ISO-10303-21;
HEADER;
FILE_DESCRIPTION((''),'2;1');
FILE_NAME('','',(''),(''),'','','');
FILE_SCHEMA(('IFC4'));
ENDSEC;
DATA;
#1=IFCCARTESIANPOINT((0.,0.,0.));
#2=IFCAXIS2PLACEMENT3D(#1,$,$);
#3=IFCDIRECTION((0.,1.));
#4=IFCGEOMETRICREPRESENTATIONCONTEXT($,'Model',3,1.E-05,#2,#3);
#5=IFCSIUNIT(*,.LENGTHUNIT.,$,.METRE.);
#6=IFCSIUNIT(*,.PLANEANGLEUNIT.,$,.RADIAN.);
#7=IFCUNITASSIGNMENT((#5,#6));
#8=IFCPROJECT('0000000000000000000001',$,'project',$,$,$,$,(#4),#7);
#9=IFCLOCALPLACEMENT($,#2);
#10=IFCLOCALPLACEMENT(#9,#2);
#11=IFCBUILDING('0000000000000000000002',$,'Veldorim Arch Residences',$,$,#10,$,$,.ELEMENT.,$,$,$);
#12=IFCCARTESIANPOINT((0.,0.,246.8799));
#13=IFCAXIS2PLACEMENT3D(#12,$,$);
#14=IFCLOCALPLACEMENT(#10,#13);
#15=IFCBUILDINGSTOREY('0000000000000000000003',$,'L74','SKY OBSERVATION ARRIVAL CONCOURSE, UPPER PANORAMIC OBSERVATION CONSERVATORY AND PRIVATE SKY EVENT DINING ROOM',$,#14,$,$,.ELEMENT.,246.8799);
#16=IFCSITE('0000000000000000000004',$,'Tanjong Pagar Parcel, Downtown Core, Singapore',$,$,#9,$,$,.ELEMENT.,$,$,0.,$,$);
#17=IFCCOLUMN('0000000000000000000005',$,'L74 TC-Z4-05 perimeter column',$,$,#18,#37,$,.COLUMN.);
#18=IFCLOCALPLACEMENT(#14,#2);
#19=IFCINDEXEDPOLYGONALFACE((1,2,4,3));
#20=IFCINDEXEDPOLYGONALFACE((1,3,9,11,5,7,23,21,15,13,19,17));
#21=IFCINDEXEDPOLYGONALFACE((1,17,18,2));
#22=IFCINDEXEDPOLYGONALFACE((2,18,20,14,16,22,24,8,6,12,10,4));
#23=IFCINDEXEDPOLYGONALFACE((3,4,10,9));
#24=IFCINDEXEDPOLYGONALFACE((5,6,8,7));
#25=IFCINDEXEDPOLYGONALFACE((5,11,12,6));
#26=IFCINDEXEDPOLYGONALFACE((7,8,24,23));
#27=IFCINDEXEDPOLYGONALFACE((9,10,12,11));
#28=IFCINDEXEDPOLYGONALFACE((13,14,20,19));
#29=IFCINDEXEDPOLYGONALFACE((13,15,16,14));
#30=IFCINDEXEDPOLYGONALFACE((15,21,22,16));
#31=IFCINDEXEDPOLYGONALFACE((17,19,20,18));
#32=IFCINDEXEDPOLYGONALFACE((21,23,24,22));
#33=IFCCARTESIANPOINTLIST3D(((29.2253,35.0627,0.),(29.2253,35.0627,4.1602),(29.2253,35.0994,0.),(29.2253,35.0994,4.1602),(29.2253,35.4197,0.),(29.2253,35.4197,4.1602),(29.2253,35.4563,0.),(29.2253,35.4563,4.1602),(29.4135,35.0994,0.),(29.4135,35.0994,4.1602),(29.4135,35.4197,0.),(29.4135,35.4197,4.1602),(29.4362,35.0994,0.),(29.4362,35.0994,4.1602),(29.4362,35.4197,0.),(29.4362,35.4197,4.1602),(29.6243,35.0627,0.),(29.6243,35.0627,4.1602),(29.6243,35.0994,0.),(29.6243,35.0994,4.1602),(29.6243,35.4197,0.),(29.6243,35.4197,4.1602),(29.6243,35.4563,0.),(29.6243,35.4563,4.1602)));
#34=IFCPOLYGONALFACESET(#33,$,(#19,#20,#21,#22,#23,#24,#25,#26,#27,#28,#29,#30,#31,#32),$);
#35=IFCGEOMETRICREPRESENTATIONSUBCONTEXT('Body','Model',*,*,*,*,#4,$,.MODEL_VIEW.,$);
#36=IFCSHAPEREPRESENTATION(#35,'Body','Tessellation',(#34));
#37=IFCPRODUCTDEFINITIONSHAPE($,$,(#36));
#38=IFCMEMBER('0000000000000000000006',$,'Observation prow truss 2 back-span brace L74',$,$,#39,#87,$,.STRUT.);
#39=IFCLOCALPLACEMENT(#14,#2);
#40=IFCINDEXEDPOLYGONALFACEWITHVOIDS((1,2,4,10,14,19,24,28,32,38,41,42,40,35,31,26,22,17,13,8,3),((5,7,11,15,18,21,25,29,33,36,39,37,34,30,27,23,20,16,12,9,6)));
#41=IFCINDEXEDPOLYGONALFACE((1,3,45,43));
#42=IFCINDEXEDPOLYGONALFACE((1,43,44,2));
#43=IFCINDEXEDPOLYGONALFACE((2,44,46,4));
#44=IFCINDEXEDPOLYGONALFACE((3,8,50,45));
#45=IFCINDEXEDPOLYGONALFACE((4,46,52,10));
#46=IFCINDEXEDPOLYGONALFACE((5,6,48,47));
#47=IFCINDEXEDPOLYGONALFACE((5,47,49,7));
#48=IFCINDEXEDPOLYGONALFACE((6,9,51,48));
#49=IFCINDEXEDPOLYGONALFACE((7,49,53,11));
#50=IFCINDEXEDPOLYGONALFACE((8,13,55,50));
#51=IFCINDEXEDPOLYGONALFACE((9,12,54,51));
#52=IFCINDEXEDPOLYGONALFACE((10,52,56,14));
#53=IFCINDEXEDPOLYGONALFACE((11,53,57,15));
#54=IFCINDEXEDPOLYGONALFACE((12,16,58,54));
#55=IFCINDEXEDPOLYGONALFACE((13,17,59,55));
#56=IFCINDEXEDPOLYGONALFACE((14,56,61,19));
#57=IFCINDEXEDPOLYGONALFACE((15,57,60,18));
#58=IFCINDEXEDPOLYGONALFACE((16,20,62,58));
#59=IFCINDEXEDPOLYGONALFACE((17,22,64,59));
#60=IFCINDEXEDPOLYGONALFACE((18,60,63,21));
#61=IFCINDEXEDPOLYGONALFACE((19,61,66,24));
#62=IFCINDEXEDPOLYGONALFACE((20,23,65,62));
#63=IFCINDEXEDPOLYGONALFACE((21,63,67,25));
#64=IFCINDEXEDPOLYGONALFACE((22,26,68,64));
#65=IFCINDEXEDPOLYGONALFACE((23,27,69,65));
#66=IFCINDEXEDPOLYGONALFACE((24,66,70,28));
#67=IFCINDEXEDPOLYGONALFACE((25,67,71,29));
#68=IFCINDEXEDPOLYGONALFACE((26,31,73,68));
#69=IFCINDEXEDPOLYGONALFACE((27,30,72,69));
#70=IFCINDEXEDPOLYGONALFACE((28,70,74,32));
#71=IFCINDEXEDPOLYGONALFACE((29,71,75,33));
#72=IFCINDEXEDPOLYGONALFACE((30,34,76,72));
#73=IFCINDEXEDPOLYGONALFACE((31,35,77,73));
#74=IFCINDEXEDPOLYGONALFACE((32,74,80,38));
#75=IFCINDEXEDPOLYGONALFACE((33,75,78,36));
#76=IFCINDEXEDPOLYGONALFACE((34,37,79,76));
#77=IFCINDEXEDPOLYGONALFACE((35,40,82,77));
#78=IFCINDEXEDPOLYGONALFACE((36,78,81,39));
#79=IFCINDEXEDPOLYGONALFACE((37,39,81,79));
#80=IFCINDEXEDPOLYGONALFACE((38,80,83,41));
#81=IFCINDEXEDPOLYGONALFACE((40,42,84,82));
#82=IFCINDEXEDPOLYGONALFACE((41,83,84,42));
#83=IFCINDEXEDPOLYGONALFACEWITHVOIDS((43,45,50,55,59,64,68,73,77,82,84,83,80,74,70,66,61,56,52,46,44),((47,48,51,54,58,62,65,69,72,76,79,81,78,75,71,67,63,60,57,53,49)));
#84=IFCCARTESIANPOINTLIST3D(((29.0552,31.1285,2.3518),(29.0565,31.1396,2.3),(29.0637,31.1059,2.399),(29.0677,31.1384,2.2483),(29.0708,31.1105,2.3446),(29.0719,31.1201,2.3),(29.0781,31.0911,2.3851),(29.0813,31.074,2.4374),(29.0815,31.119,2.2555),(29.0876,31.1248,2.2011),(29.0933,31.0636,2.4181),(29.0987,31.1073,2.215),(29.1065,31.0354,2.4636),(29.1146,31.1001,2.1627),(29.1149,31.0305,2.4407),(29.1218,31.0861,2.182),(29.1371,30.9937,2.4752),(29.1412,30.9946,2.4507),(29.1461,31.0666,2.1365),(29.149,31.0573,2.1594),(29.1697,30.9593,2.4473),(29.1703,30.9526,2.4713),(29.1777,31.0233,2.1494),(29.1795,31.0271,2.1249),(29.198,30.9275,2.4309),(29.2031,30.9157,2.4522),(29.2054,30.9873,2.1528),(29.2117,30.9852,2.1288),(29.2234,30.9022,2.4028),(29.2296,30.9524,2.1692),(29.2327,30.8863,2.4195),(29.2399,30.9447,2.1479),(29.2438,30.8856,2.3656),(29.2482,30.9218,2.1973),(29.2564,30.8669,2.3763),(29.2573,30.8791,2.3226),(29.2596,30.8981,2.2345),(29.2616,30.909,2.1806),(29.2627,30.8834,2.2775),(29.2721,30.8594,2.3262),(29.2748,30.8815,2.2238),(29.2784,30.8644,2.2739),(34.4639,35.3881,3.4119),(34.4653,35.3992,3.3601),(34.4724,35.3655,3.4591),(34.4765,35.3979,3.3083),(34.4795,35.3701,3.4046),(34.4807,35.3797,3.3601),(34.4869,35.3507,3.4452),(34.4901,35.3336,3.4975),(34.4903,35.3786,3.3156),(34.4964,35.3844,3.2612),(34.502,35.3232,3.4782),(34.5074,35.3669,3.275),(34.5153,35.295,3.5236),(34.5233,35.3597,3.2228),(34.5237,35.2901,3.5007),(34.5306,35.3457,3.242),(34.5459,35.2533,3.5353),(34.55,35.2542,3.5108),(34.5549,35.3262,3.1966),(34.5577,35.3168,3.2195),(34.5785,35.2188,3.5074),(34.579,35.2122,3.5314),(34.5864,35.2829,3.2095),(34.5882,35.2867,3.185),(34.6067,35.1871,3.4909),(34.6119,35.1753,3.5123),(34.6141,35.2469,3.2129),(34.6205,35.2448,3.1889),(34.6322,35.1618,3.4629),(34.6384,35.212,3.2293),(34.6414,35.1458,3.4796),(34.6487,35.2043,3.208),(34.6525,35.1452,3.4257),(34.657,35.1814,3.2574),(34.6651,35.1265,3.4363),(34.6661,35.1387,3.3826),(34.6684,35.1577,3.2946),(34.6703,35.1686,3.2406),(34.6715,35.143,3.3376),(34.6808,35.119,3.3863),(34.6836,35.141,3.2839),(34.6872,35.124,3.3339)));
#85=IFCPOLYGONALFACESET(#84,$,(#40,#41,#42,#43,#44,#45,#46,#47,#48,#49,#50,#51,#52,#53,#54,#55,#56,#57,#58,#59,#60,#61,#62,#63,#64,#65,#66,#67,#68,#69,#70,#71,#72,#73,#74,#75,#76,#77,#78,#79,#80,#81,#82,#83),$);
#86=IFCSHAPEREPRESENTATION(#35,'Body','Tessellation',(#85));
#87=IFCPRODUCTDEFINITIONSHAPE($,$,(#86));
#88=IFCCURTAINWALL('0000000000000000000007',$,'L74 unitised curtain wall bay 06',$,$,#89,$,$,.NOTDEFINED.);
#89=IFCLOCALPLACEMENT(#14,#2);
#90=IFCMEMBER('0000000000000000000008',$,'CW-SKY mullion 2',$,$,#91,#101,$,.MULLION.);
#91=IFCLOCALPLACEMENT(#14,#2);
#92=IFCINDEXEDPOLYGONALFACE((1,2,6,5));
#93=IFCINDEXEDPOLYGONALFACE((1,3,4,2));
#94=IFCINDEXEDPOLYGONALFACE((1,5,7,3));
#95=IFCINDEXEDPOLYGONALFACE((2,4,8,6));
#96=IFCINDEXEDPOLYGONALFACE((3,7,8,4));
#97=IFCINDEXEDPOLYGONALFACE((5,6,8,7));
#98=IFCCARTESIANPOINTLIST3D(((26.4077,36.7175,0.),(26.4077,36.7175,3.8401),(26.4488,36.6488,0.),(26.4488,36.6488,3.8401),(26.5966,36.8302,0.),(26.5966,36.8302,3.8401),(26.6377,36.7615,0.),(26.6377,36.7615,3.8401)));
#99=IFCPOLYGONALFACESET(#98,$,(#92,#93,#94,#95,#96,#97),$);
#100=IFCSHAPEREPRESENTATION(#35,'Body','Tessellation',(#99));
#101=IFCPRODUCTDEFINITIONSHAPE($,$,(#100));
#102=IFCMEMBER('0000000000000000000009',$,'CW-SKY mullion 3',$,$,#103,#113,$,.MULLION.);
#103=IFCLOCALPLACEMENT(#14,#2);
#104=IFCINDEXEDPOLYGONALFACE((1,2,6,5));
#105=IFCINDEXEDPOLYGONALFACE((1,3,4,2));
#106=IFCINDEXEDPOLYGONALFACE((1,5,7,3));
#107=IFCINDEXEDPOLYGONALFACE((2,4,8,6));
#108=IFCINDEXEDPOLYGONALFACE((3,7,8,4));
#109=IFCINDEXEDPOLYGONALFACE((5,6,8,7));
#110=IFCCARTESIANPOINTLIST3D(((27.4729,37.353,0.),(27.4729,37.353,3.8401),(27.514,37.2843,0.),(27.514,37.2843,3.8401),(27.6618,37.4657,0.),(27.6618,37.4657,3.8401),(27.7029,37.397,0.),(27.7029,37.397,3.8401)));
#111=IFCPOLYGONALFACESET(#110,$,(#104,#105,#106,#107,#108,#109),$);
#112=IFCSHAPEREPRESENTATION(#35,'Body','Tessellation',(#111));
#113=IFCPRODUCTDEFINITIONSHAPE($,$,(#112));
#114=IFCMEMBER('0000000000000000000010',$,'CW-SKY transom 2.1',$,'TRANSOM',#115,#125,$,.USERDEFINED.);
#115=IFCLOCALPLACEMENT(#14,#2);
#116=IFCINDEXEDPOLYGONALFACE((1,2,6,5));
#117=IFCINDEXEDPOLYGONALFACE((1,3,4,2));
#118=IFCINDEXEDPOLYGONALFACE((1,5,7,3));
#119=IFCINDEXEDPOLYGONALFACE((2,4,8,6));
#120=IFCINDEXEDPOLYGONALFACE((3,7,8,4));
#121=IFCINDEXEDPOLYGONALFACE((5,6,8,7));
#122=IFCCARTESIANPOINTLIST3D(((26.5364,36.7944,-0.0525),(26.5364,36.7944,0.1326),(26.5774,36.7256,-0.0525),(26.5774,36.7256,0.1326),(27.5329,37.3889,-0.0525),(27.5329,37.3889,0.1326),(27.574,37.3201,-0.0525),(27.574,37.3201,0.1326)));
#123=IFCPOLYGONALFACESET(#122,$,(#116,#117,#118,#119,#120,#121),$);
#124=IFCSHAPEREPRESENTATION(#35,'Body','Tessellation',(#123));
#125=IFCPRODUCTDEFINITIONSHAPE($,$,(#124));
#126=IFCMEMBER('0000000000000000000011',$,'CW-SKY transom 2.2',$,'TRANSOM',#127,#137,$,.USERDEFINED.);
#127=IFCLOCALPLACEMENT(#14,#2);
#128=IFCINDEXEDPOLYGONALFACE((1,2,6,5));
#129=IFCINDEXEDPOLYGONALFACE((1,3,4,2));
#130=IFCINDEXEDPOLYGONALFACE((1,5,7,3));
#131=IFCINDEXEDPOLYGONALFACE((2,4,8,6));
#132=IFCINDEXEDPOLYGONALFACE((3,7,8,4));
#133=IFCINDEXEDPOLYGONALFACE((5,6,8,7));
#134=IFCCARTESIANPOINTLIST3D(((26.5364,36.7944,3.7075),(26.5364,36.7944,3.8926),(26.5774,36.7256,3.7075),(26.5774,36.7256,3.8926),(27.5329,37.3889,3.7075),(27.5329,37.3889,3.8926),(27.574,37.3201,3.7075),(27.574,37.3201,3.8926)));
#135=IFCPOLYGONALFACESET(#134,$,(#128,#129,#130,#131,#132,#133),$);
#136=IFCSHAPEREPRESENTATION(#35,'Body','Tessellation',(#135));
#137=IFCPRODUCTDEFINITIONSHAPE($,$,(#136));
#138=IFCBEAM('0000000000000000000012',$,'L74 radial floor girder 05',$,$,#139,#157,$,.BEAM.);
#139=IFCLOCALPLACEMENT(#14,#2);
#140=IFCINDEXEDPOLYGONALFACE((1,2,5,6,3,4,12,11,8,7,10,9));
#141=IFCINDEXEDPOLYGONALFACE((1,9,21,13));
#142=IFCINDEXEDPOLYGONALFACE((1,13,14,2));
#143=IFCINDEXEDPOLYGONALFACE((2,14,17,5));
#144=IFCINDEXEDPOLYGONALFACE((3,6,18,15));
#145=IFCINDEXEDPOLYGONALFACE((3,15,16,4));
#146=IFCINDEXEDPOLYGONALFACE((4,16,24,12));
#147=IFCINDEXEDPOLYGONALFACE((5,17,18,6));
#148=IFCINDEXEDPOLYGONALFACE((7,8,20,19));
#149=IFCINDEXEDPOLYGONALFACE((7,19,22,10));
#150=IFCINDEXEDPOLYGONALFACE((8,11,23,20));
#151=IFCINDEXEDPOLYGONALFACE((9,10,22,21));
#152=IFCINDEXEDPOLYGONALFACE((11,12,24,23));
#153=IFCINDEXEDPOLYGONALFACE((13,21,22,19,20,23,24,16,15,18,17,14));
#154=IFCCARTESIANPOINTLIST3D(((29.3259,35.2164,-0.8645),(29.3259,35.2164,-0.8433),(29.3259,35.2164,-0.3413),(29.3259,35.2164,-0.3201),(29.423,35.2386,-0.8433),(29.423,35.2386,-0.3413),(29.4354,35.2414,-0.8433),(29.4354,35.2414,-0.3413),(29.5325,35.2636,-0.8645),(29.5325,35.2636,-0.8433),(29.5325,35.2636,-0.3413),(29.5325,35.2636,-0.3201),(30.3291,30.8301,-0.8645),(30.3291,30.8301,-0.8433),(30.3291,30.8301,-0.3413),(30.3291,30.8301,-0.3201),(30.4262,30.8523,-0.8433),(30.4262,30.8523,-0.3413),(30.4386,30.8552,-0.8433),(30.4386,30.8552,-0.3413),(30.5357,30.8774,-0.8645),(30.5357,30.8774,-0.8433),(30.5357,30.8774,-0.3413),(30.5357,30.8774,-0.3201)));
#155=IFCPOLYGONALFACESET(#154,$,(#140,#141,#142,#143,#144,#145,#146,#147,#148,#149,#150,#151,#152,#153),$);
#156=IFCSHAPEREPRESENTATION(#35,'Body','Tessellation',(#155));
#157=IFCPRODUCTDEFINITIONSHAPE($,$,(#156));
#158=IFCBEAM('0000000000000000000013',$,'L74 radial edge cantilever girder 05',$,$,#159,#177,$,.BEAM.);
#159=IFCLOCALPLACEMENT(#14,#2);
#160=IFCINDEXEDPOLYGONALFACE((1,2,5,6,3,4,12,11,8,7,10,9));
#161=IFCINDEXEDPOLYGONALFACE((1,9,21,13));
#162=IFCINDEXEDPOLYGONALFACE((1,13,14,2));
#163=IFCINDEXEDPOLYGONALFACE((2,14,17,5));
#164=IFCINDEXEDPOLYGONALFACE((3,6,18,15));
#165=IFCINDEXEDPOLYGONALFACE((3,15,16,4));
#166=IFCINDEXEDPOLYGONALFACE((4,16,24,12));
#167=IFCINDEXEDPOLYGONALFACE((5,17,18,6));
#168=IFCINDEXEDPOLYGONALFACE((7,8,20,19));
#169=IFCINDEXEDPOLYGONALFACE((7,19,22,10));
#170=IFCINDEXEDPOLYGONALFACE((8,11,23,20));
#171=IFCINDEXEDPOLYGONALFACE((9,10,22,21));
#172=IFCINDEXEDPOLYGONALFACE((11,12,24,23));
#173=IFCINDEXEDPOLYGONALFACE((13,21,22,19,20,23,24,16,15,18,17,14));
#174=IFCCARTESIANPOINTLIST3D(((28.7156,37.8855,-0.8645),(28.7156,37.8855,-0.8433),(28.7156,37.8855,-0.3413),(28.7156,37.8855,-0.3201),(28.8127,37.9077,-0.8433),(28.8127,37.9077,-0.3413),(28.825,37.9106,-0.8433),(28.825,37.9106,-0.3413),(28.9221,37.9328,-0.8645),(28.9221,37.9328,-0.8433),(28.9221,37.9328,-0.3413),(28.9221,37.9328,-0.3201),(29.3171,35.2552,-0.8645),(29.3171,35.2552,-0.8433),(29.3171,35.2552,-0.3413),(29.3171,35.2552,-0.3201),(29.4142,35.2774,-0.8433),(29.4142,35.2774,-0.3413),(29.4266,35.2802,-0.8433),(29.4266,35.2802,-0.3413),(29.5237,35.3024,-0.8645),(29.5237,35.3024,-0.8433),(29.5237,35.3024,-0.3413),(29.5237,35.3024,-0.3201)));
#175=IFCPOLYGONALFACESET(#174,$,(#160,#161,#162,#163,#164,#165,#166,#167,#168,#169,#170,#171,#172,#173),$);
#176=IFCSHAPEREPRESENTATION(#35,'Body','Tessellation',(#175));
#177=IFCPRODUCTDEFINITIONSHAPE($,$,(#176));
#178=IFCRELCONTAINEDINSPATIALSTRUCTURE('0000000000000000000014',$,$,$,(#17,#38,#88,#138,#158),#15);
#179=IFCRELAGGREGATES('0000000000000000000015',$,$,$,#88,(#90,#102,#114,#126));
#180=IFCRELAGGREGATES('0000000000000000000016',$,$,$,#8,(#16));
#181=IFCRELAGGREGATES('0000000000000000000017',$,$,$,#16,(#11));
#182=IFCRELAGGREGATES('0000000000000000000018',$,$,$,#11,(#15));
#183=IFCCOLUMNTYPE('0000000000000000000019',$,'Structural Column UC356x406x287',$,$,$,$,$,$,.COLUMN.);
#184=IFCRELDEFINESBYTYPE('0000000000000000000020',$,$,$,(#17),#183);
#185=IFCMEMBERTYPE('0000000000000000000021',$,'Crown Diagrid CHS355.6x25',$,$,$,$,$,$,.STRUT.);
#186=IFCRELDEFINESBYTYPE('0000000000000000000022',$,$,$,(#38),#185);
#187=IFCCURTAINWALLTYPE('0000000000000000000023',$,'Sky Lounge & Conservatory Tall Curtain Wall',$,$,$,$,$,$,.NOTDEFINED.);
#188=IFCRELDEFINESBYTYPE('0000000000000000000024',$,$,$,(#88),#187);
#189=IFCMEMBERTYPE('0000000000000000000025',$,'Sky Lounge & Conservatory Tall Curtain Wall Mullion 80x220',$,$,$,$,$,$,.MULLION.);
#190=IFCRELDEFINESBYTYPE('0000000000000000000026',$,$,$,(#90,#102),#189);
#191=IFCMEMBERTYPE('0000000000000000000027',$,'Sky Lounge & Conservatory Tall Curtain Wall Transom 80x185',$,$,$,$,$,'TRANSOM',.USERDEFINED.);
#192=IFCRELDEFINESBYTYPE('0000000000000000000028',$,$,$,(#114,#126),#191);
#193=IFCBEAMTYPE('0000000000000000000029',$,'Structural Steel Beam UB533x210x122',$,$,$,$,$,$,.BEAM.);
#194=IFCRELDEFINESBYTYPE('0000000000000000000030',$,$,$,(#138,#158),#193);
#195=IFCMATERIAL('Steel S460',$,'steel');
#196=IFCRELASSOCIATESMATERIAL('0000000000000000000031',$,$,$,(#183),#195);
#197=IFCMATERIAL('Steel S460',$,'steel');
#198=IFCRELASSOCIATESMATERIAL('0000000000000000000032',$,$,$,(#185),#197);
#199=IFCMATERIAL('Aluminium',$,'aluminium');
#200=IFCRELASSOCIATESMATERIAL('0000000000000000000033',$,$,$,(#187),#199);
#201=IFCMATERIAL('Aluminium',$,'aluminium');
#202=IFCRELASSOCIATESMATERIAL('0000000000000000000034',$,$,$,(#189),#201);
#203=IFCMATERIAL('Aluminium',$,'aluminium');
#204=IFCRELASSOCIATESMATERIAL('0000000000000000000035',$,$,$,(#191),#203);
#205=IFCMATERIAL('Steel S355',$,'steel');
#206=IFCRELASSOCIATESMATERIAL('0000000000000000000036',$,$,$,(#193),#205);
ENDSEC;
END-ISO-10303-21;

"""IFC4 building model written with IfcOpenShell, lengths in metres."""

from ifc_helpers import new_model, si_unit, direction, frame, origin, origin_2d, place, context, subcontext, project, spatial, rectangle, hollow_circle, i_section, extrude, material, material_profile, profile_set, type_object, element, aggregate, save


model = new_model("IFC4")

# Units and contexts
model_context = context("Model", 3, precision=1e-05, world=origin(), true_north=direction((0.0, 1.0)))
body_context = subcontext(model_context, "Body", "Model", "MODEL_VIEW")
ifc_project = project(units=[si_unit("LENGTHUNIT", "METRE"), si_unit("PLANEANGLEUNIT", "RADIAN")], contexts=[model_context])

# Site, building, storey
site_placement = place(None, origin())
site = spatial("IfcSite", under=ifc_project, at=site_placement, Name="Tanjong Pagar Parcel, Downtown Core, Singapore", CompositionType="ELEMENT", RefElevation=0.0)
building_placement = place(site_placement, origin())
building = spatial("IfcBuilding", under=site, at=building_placement, Name="Veldorim Arch Residences", CompositionType="ELEMENT")
storey_placement = place(building_placement, frame((0.0, 0.0, 246.8799)))
storey = spatial("IfcBuildingStorey", under=building, at=storey_placement, Name="L74", Description="SKY OBSERVATION ARRIVAL CONCOURSE, UPPER PANORAMIC OBSERVATION CONSERVATORY AND PRIVATE SKY EVENT DINING ROOM", CompositionType="ELEMENT", Elevation=246.8799)

# Column
ifc_material_1 = material(Name="Steel S460", Category="steel")
ifc_material_profile_1 = material_profile(ifc_material_1, i_section(OverallWidth=0.3989, OverallDepth=0.3936, WebThickness=0.0227, FlangeThickness=0.0366, at=origin_2d()), Name="UC356x406x287")
ifc_profile_set_1 = profile_set([ifc_material_profile_1], Name="Steel S460")
column_type = type_object("IfcColumnType", Name="Structural Column UC356x406x287", PredefinedType="COLUMN", material=ifc_profile_set_1)
column_placement = place(storey_placement, frame((29.4248, 35.2595, 0.0), z_axis=(0.0, 0.0, 1.0), x_axis=(1.0, 0.0, 0.0)))
element("IfcColumn", 1, at=column_placement, inside=storey, type_object=column_type, Name="L74 TC-Z4-05 perimeter column", PredefinedType="COLUMN", context=body_context, shape_type="SweptSolid", body=[
    extrude(i_section(OverallWidth=0.3989, OverallDepth=0.3936, WebThickness=0.0227, FlangeThickness=0.0366, at=origin_2d()), origin(), (0.0, 0.0, 1.0), 4.1602),
])

# Member
ifc_material_2 = material(Name="Steel S460", Category="steel")
ifc_material_profile_2 = material_profile(ifc_material_2, hollow_circle(Radius=0.1777, WallThickness=0.0249, at=origin_2d()), Name="CHS355.6x25")
ifc_profile_set_2 = profile_set([ifc_material_profile_2], Name="Steel S460")
member_type_1 = type_object("IfcMemberType", Name="Crown Diagrid CHS355.6x25", PredefinedType="STRUT", material=ifc_profile_set_2)
member_1_placement = place(storey_placement, frame((29.1665, 31.0, 2.3), z_axis=(0.776473, 0.611498, 0.152182), x_axis=(-0.618704, 0.785624, 0.0)))
element("IfcMember", 2, at=member_1_placement, inside=storey, type_object=member_type_1, Name="Observation prow truss 2 back-span brace L74", PredefinedType="STRUT", context=body_context, shape_type="SweptSolid", body=[
    extrude(hollow_circle(Radius=0.1777, WallThickness=0.0249, at=origin_2d()), origin(), (0.0, 0.0, 1.0), 6.9658),
])

# Curtain wall, members
ifc_material_3 = material(Name="Aluminium", Category="aluminium")
curtain_wall_type = type_object("IfcCurtainWallType", Name="Sky Lounge & Conservatory Tall Curtain Wall", PredefinedType="NOTDEFINED", material=ifc_material_3)
curtain_wall_placement = place(storey_placement, origin())
curtain_wall = element("IfcCurtainWall", 3, at=curtain_wall_placement, inside=storey, type_object=curtain_wall_type, Name="L74 unitised curtain wall bay 06", PredefinedType="NOTDEFINED")
ifc_material_4 = material(Name="Aluminium", Category="aluminium")
ifc_material_profile_3 = material_profile(ifc_material_4, rectangle(XDim=0.0801, YDim=0.22, at=origin_2d()), Name="ALU_MUL_80x220")
ifc_profile_set_3 = profile_set([ifc_material_profile_3], Name="Aluminium")
member_type_2 = type_object("IfcMemberType", Name="Sky Lounge & Conservatory Tall Curtain Wall Mullion 80x220", PredefinedType="MULLION", material=ifc_profile_set_3)
member_2_placement = place(storey_placement, frame((26.5227, 36.7395, 0.0), z_axis=(0.0, 0.0, 1.0), x_axis=(-0.512467, 0.858707, 0.0)))
member_2 = element("IfcMember", 4, at=member_2_placement, type_object=member_type_2, Name="CW-SKY mullion 2", PredefinedType="MULLION", context=body_context, shape_type="SweptSolid", body=[
    extrude(rectangle(XDim=0.0801, YDim=0.22, at=origin_2d()), origin(), (0.0, 0.0, 1.0), 3.8401),
])
member_3_placement = place(storey_placement, frame((27.5879, 37.375, 0.0), z_axis=(0.0, 0.0, 1.0), x_axis=(-0.512467, 0.858707, 0.0)))
member_3 = element("IfcMember", 5, at=member_3_placement, type_object=member_type_2, Name="CW-SKY mullion 3", PredefinedType="MULLION", context=body_context, shape_type="SweptSolid", body=[
    extrude(rectangle(XDim=0.0801, YDim=0.22, at=origin_2d()), origin(), (0.0, 0.0, 1.0), 3.8401),
])
ifc_material_5 = material(Name="Aluminium", Category="aluminium")
ifc_material_profile_4 = material_profile(ifc_material_5, rectangle(XDim=0.0801, YDim=0.1851, at=origin_2d()), Name="ALU_TRN_80x185")
ifc_profile_set_4 = profile_set([ifc_material_profile_4], Name="Aluminium")
member_type_3 = type_object("IfcMemberType", Name="Sky Lounge & Conservatory Tall Curtain Wall Transom 80x185", ElementType="TRANSOM", PredefinedType="USERDEFINED", material=ifc_profile_set_4)
member_4_placement = place(storey_placement, frame((26.5569, 36.76, 0.04), z_axis=(0.858808, 0.512297, 0.0), x_axis=(-0.512297, 0.858808, 0.0)))
member_4 = element("IfcMember", 6, at=member_4_placement, type_object=member_type_3, Name="CW-SKY transom 2.1", ObjectType="TRANSOM", PredefinedType="USERDEFINED", context=body_context, shape_type="SweptSolid", body=[
    extrude(rectangle(XDim=0.0801, YDim=0.1851, at=origin_2d()), origin(), (0.0, 0.0, 1.0), 1.1604),
])
member_5_placement = place(storey_placement, frame((26.5569, 36.76, 3.8), z_axis=(0.858808, 0.512297, 0.0), x_axis=(-0.512297, 0.858808, 0.0)))
member_5 = element("IfcMember", 7, at=member_5_placement, type_object=member_type_3, Name="CW-SKY transom 2.2", ObjectType="TRANSOM", PredefinedType="USERDEFINED", context=body_context, shape_type="SweptSolid", body=[
    extrude(rectangle(XDim=0.0801, YDim=0.1851, at=origin_2d()), origin(), (0.0, 0.0, 1.0), 1.1604),
])

# Beams
ifc_material_6 = material(Name="Steel S355", Category="steel")
ifc_material_profile_5 = material_profile(ifc_material_6, i_section(OverallWidth=0.2119, OverallDepth=0.5444, WebThickness=0.0127, FlangeThickness=0.0212, at=origin_2d()), Name="UB533x210x122")
ifc_profile_set_5 = profile_set([ifc_material_profile_5], Name="Steel S355")
beam_type_1 = type_object("IfcBeamType", Name="Structural Steel Beam UB533x210x122", PredefinedType="BEAM", material=ifc_profile_set_5)
beam_1_placement = place(storey_placement, frame((30.4324, 30.8538, -0.5923), z_axis=(-0.222953, 0.974829, 0.0), x_axis=(-0.974829, -0.222953, 0.0)))
element("IfcBeam", 8, at=beam_1_placement, inside=storey, type_object=beam_type_1, Name="L74 radial floor girder 05", PredefinedType="BEAM", context=body_context, shape_type="SweptSolid", body=[
    extrude(i_section(OverallWidth=0.2119, OverallDepth=0.5444, WebThickness=0.0127, FlangeThickness=0.0212, at=origin_2d()), origin(), (0.0, 0.0, 1.0), 4.4995),
])
beam_2_placement = place(storey_placement, frame((29.4204, 35.2788, -0.5923), z_axis=(-0.222943, 0.974832, 0.0), x_axis=(-0.974832, -0.222943, 0.0)))
element("IfcBeam", 9, at=beam_2_placement, inside=storey, type_object=beam_type_1, Name="L74 radial edge cantilever girder 05", PredefinedType="BEAM", context=body_context, shape_type="SweptSolid", body=[
    extrude(i_section(OverallWidth=0.2119, OverallDepth=0.5444, WebThickness=0.0127, FlangeThickness=0.0212, at=origin_2d()), origin(), (0.0, 0.0, 1.0), 2.6982),
])

aggregate(curtain_wall, [member_2, member_3, member_4, member_5])

save(model, "model.ifc")
